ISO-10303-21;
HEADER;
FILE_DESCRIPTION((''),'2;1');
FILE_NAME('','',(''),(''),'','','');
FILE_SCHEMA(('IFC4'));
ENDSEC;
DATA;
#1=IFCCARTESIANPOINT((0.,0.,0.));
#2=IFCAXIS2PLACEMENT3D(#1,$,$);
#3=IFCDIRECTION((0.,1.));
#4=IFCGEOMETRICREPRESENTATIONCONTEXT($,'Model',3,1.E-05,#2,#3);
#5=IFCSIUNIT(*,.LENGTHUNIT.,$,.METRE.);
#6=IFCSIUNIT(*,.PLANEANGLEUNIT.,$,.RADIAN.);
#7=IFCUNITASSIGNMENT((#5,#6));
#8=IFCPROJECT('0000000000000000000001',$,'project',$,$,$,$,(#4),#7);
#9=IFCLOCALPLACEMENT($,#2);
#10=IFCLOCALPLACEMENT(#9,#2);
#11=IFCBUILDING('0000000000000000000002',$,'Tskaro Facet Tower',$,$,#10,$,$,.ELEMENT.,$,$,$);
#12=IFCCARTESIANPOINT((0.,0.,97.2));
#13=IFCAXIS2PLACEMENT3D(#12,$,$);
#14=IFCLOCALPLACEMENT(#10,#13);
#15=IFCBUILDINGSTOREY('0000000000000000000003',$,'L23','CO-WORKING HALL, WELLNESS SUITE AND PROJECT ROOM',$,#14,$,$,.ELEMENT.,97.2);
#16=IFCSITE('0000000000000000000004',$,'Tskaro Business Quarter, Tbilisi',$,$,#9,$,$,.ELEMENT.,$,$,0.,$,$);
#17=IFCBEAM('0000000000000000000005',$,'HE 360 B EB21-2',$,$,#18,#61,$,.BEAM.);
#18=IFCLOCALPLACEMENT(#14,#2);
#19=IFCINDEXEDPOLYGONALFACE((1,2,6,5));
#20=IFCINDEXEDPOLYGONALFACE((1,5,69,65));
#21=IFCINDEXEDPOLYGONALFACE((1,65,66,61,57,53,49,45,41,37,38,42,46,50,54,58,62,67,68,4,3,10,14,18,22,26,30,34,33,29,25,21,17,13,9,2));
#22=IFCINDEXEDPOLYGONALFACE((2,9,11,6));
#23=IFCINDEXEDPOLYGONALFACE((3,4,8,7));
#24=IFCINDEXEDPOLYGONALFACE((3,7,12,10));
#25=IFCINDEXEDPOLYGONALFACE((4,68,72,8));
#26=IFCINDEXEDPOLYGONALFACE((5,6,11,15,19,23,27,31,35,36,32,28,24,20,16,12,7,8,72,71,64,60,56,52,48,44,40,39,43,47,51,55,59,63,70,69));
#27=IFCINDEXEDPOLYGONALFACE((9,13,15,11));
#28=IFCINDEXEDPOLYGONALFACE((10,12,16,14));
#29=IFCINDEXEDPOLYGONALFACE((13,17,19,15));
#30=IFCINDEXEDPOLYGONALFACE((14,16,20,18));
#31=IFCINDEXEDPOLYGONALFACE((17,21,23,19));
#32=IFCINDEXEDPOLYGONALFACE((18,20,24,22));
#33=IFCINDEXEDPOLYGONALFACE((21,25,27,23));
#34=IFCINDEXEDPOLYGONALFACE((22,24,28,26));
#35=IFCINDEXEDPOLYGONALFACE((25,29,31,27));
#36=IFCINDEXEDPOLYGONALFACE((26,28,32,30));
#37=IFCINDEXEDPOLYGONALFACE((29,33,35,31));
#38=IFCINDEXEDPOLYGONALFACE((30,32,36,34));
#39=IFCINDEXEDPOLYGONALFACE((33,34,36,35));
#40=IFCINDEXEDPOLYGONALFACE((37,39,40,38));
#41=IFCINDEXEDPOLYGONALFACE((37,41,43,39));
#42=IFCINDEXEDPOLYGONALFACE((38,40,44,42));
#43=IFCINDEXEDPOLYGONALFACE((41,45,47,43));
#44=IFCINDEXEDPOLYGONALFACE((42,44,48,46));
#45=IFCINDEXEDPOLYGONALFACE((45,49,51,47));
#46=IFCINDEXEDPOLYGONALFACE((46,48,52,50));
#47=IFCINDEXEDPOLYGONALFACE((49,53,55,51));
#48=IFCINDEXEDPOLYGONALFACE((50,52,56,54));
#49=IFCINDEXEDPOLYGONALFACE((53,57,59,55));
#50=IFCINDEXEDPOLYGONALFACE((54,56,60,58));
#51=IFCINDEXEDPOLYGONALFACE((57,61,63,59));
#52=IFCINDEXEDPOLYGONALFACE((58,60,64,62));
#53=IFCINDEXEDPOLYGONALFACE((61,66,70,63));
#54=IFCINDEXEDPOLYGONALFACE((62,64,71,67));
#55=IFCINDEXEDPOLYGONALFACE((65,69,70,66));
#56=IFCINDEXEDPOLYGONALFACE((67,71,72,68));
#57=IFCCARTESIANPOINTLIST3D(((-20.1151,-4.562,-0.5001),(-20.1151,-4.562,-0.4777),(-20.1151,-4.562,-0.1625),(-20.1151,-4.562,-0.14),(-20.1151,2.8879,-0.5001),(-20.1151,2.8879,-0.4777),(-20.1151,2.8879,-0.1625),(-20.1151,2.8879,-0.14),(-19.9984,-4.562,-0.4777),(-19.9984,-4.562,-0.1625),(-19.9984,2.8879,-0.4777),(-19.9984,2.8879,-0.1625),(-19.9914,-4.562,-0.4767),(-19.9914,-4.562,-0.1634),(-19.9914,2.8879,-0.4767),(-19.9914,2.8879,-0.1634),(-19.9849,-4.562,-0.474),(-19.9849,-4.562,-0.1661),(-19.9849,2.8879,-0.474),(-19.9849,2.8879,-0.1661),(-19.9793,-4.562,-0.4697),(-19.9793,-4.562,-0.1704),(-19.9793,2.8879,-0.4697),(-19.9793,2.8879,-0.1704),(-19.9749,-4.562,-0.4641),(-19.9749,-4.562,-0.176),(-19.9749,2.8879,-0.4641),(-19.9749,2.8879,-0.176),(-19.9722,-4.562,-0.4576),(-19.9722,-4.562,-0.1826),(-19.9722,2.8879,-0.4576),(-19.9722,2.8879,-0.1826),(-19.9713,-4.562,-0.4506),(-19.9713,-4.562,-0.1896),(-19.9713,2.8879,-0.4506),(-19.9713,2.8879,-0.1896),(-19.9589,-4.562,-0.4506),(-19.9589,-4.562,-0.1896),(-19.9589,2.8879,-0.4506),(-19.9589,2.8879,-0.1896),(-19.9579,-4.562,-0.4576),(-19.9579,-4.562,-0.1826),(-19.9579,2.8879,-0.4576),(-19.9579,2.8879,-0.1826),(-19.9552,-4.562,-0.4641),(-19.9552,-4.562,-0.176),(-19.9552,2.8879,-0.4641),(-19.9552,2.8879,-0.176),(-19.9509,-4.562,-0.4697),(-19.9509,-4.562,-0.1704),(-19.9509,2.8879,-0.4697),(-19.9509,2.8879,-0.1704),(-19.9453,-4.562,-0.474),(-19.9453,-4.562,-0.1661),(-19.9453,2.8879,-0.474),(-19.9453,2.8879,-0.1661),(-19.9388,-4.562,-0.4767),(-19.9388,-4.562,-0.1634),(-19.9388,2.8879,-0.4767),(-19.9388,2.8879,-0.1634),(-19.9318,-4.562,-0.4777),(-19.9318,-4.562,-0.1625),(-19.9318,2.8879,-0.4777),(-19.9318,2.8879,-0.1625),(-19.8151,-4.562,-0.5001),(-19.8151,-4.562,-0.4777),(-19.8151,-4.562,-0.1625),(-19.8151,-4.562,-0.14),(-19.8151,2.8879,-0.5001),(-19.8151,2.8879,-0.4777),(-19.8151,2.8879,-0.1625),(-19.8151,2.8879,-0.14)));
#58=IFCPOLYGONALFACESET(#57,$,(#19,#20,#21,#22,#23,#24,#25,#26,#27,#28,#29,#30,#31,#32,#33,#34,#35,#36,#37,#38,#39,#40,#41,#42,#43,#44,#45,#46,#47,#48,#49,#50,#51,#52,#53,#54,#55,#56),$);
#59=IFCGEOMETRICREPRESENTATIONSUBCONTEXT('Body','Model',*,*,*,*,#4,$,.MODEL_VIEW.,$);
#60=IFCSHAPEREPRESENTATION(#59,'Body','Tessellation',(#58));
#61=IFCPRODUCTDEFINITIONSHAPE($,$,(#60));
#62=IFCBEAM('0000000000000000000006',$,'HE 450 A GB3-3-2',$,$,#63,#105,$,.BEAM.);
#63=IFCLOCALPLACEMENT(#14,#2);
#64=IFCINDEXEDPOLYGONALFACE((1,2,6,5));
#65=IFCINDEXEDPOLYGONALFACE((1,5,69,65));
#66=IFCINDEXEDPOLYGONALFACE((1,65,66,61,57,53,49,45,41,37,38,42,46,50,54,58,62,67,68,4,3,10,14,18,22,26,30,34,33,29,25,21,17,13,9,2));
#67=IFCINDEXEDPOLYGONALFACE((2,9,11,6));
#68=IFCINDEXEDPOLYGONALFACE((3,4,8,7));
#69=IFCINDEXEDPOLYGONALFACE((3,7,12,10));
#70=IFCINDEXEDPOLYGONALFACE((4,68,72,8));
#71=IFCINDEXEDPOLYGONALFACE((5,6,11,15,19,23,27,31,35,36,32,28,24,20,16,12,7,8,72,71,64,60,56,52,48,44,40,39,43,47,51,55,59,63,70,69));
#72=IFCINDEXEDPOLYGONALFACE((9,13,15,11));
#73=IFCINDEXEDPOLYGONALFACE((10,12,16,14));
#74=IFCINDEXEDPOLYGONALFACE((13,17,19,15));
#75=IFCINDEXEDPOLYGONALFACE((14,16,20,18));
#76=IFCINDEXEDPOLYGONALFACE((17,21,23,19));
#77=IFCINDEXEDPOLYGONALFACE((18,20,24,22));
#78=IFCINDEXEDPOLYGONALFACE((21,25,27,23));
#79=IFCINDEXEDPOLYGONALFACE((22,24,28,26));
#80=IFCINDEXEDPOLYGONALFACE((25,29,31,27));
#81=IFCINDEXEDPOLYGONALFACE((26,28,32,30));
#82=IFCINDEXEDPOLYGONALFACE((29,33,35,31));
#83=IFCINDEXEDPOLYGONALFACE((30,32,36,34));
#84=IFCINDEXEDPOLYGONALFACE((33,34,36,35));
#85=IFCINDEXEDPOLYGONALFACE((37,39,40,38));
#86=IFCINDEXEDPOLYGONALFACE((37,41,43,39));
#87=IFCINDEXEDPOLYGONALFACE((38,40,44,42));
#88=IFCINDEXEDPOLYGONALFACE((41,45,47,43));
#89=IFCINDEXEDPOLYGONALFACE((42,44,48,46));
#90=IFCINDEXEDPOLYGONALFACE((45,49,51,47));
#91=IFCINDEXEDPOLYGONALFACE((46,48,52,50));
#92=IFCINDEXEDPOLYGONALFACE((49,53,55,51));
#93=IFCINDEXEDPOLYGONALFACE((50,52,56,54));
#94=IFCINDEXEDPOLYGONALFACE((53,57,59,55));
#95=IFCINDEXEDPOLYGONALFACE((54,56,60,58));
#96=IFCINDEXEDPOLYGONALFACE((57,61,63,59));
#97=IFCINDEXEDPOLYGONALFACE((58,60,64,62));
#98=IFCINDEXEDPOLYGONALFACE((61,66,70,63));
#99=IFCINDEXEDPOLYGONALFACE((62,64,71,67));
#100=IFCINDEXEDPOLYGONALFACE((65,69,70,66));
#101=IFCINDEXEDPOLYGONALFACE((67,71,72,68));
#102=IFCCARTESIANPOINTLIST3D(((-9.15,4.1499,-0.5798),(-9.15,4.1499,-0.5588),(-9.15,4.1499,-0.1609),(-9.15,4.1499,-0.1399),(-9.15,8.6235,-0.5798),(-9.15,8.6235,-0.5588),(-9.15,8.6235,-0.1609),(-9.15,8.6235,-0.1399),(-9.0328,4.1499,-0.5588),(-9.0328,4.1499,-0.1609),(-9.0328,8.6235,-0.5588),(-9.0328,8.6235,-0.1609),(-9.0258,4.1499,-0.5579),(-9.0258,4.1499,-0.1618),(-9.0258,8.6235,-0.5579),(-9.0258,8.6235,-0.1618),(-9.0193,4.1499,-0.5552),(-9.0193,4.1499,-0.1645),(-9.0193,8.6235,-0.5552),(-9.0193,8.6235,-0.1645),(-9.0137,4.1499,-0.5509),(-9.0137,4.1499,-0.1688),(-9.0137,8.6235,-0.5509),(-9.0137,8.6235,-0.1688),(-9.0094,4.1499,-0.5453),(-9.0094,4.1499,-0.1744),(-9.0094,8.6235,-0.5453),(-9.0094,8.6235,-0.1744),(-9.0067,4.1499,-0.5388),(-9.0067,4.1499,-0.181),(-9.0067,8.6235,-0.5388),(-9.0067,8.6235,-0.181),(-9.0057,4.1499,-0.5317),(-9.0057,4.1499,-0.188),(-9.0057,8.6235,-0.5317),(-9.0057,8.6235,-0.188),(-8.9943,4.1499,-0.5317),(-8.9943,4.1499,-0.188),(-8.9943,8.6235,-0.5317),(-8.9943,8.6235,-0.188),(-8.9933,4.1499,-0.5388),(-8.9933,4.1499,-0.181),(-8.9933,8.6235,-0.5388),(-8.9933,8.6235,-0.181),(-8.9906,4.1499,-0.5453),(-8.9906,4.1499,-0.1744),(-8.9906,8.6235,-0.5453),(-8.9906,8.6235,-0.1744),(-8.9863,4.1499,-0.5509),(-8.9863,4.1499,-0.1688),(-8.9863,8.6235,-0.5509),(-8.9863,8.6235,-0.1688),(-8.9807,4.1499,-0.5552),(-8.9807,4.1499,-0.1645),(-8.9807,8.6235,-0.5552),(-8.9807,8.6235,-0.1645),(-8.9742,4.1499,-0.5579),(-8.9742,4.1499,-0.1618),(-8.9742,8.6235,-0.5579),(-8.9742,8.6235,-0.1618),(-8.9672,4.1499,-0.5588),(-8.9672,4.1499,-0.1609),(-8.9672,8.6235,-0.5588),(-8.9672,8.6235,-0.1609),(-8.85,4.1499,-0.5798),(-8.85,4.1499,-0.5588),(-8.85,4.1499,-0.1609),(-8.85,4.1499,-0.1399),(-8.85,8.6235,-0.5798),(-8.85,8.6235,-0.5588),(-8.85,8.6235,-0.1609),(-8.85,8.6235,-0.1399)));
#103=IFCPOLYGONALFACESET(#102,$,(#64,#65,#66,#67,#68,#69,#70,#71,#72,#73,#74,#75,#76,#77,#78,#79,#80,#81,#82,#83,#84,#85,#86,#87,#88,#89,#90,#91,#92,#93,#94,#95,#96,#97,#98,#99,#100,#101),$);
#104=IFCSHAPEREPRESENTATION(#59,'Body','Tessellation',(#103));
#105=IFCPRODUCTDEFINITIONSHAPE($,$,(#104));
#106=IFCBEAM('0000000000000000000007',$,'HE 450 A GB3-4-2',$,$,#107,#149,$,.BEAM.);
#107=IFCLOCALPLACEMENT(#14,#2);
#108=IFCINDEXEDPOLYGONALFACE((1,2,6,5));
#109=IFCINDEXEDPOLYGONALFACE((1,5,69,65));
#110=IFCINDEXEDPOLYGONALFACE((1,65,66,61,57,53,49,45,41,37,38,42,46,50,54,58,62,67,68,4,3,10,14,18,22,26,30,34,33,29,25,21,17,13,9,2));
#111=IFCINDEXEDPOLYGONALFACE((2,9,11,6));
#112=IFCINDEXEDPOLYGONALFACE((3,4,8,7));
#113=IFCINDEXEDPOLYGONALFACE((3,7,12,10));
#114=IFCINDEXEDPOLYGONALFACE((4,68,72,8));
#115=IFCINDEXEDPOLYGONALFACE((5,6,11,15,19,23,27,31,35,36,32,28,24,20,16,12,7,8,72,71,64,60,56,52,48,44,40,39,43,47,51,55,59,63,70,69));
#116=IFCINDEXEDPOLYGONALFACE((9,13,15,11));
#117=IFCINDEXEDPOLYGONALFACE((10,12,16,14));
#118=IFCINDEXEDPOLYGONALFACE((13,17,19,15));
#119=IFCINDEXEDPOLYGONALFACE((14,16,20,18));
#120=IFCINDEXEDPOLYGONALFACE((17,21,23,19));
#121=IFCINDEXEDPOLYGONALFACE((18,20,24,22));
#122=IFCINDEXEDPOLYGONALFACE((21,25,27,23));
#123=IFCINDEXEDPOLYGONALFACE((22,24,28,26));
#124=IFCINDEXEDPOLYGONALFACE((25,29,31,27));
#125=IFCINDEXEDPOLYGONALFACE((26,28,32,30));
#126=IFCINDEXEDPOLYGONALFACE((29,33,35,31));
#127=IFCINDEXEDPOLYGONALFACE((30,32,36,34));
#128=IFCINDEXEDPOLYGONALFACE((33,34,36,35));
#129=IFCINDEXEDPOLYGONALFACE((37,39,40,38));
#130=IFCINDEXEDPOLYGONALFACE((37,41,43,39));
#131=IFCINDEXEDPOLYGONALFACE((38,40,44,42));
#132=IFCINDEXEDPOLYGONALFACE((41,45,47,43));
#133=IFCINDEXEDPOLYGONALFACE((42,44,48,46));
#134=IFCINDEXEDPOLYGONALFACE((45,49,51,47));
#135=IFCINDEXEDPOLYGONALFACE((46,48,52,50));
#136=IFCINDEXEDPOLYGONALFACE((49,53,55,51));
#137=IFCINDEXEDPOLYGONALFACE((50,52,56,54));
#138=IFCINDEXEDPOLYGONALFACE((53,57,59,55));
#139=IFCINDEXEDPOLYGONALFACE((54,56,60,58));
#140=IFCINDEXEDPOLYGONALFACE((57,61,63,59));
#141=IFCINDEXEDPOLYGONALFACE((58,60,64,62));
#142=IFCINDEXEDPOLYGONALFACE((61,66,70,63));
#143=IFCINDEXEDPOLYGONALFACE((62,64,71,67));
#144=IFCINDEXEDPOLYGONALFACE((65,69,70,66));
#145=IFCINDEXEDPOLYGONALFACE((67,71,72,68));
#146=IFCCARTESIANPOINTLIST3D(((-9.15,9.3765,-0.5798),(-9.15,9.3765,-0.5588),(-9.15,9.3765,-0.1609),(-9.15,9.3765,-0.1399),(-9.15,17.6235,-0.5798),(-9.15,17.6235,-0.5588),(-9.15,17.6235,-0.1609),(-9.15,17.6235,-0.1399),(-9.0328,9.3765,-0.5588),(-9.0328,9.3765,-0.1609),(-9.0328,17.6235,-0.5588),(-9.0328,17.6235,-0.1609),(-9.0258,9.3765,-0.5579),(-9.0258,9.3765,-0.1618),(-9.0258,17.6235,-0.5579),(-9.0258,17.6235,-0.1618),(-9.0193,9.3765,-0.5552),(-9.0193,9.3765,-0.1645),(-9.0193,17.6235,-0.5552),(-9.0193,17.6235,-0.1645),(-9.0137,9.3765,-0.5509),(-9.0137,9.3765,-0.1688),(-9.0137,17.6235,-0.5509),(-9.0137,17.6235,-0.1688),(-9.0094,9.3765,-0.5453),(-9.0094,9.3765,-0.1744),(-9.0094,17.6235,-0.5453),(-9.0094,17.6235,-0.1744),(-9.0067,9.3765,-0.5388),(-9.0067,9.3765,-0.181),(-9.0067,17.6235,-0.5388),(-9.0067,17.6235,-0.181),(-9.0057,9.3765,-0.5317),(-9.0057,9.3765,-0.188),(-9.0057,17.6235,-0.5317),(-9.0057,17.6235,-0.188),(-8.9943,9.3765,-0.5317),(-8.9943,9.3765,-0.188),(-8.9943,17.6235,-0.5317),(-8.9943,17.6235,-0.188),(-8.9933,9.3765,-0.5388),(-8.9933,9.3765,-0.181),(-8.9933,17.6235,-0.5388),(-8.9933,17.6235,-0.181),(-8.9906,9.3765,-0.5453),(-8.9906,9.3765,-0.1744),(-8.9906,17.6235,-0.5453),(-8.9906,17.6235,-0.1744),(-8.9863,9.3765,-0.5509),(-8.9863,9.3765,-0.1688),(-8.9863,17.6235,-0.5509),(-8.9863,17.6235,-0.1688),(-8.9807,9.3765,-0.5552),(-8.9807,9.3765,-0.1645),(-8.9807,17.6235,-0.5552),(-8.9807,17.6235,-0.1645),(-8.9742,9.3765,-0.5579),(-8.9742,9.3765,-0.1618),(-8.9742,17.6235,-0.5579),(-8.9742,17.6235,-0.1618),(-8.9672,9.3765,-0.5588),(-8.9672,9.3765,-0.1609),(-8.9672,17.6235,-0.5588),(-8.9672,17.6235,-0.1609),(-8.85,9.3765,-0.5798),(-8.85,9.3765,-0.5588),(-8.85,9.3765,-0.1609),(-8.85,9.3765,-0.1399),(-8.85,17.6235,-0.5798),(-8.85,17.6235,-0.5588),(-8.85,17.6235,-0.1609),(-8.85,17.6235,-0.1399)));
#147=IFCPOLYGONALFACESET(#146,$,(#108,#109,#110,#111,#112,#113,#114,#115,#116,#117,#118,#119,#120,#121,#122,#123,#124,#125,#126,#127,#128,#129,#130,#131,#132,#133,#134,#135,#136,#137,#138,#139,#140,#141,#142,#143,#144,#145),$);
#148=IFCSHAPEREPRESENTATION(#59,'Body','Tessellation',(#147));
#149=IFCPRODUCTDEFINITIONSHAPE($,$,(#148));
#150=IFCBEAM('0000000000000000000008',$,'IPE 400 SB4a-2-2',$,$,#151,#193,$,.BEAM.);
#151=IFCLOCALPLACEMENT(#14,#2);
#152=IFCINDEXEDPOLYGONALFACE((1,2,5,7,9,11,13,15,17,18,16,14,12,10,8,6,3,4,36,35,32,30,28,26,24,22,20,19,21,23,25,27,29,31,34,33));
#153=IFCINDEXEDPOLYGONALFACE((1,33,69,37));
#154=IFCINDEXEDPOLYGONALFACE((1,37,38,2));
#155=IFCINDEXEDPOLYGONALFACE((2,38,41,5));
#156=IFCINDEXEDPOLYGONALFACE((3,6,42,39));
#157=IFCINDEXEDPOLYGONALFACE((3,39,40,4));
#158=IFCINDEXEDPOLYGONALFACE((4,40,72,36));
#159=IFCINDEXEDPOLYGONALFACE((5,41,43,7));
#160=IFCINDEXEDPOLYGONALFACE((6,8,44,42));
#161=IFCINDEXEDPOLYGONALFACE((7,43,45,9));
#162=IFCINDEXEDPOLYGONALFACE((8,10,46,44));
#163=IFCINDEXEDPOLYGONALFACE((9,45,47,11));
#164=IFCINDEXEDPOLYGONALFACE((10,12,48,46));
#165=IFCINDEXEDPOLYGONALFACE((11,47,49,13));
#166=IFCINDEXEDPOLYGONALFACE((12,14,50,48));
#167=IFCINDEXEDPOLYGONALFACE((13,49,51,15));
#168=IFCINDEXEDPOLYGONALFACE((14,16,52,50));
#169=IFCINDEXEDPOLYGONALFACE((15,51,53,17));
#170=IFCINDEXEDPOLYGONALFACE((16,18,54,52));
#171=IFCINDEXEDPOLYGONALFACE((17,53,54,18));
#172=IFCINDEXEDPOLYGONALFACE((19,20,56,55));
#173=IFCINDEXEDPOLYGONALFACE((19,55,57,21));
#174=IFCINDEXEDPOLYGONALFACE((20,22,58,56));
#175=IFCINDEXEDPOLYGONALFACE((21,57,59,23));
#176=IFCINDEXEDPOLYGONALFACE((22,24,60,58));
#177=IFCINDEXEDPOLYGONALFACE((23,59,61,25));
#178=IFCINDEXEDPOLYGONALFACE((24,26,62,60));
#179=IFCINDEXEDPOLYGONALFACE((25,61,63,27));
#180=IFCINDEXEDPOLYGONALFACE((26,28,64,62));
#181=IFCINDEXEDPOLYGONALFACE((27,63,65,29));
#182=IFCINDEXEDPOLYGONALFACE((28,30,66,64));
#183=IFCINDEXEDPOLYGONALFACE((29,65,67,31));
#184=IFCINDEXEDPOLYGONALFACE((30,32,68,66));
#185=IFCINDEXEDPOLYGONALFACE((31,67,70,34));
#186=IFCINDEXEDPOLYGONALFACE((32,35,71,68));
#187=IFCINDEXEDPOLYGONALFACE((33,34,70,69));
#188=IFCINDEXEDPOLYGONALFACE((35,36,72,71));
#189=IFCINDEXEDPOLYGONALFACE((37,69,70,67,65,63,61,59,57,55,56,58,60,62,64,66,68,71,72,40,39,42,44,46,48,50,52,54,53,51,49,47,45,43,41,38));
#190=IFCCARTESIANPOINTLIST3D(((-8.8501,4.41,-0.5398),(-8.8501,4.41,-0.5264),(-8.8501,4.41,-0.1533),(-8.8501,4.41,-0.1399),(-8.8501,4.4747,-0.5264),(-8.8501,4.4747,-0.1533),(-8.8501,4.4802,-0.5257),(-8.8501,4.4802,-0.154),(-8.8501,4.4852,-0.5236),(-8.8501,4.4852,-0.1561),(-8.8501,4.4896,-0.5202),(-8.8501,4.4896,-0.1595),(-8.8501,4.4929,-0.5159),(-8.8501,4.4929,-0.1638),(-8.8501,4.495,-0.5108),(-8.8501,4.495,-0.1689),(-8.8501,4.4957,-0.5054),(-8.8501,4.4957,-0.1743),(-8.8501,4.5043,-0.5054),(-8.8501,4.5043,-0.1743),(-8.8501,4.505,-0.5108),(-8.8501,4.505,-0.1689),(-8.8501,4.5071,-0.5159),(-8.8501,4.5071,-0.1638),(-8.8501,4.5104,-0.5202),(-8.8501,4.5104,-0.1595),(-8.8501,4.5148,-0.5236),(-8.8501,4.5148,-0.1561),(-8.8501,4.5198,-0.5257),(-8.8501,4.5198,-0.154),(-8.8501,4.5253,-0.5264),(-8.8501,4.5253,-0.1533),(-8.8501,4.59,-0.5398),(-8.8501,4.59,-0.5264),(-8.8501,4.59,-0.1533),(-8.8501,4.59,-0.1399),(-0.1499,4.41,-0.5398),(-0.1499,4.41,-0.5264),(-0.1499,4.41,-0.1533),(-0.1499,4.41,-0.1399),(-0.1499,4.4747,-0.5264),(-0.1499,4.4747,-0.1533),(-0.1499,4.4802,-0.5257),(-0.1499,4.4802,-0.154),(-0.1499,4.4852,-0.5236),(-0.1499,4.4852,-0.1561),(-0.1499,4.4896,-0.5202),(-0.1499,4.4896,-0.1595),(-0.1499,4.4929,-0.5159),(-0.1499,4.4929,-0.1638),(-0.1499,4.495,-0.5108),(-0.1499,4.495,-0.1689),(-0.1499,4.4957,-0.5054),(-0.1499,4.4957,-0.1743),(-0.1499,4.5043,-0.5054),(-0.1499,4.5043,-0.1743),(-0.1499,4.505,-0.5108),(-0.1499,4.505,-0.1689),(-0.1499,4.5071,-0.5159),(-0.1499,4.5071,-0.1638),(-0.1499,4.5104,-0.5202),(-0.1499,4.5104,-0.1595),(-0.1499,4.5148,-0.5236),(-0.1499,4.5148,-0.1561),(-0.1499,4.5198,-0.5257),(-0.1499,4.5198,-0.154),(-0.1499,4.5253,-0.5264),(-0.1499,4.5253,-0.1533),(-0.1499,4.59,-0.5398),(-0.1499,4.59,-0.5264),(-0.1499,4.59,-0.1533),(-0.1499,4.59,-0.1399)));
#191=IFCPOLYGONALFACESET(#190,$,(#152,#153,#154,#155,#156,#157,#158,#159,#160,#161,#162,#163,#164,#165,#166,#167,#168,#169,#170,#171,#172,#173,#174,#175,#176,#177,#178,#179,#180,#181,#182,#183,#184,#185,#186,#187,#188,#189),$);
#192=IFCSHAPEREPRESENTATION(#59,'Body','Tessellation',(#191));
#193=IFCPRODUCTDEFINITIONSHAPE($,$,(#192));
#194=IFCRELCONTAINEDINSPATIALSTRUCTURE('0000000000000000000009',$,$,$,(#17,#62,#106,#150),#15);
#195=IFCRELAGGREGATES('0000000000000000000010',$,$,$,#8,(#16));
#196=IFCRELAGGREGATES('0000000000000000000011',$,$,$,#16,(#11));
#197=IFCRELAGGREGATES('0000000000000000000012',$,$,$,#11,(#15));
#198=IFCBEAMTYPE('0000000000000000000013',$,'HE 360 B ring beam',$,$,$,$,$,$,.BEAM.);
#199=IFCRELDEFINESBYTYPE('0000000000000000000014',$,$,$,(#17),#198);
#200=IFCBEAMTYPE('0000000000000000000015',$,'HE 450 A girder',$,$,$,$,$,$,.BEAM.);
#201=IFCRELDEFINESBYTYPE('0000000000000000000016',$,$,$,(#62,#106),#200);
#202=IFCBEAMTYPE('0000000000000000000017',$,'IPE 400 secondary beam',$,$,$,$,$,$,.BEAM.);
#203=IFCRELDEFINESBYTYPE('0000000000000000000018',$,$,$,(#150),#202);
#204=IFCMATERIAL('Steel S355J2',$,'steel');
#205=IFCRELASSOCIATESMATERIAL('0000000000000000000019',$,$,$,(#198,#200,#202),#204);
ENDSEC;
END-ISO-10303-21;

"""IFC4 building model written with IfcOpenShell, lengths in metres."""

from ifc_helpers import new_model, si_unit, direction, frame, origin, origin_2d, place, context, subcontext, project, spatial, i_section, extrude, material, material_profile, profile_set, type_object, element, save


model = new_model("IFC4")

# Units and contexts
model_context = context("Model", 3, precision=1e-05, world=origin(), true_north=direction((0.0, 1.0)))
body_context = subcontext(model_context, "Body", "Model", "MODEL_VIEW")
ifc_project = project(units=[si_unit("LENGTHUNIT", "METRE"), si_unit("PLANEANGLEUNIT", "RADIAN")], contexts=[model_context])

# Site, building, storey
site_placement = place(None, origin())
site = spatial("IfcSite", under=ifc_project, at=site_placement, Name="Tskaro Business Quarter, Tbilisi", CompositionType="ELEMENT", RefElevation=0.0)
building_placement = place(site_placement, origin())
building = spatial("IfcBuilding", under=site, at=building_placement, Name="Tskaro Facet Tower", CompositionType="ELEMENT")
storey_placement = place(building_placement, frame((0.0, 0.0, 97.2)))
storey = spatial("IfcBuildingStorey", under=building, at=storey_placement, Name="L23", Description="CO-WORKING HALL, WELLNESS SUITE AND PROJECT ROOM", CompositionType="ELEMENT", Elevation=97.2)

# Beams
ifc_material_1 = material(Name="Steel S355J2", Category="steel")
ifc_material_profile_1 = material_profile(ifc_material_1, i_section(OverallWidth=0.3, OverallDepth=0.3601, WebThickness=0.0125, FlangeThickness=0.0225, FilletRadius=0.0271, at=origin_2d()), Name="HE 360 B")
ifc_profile_set_1 = profile_set([ifc_material_profile_1], Name="Steel S355J2")
beam_type_1 = type_object("IfcBeamType", Name="HE 360 B ring beam", PredefinedType="BEAM", material=ifc_profile_set_1)
beam_1_placement = place(storey_placement, frame((-19.9651, 2.8879, -0.3201), z_axis=(0.0, -1.0, 0.0), x_axis=(1.0, 0.0, 0.0)))
element("IfcBeam", 1, at=beam_1_placement, inside=storey, type_object=beam_type_1, Name="HE 360 B EB21-2", PredefinedType="BEAM", context=body_context, shape_type="SweptSolid", body=[
    extrude(i_section(OverallWidth=0.3, OverallDepth=0.3601, WebThickness=0.0125, FlangeThickness=0.0225, FilletRadius=0.0271, at=origin_2d()), origin(), (0.0, 0.0, 1.0), 7.45),
])
ifc_material_profile_2 = material_profile(ifc_material_1, i_section(OverallWidth=0.3, OverallDepth=0.4399, WebThickness=0.0115, FlangeThickness=0.021, FilletRadius=0.0271, at=origin_2d()), Name="HE 450 A")
ifc_profile_set_2 = profile_set([ifc_material_profile_2], Name="Steel S355J2")
beam_type_2 = type_object("IfcBeamType", Name="HE 450 A girder", PredefinedType="BEAM", material=ifc_profile_set_2)
beam_2_placement = place(storey_placement, frame((-9.0, 4.1499, -0.3599), z_axis=(0.0, 1.0, 0.0), x_axis=(-1.0, 0.0, 0.0)))
element("IfcBeam", 2, at=beam_2_placement, inside=storey, type_object=beam_type_2, Name="HE 450 A GB3-3-2", PredefinedType="BEAM", context=body_context, shape_type="SweptSolid", body=[
    extrude(i_section(OverallWidth=0.3, OverallDepth=0.4399, WebThickness=0.0115, FlangeThickness=0.021, FilletRadius=0.0271, at=origin_2d()), origin(), (0.0, 0.0, 1.0), 4.4736),
])
beam_3_placement = place(storey_placement, frame((-9.0, 9.3765, -0.3599), z_axis=(0.0, 1.0, 0.0), x_axis=(-1.0, 0.0, 0.0)))
element("IfcBeam", 3, at=beam_3_placement, inside=storey, type_object=beam_type_2, Name="HE 450 A GB3-4-2", PredefinedType="BEAM", context=body_context, shape_type="SweptSolid", body=[
    extrude(i_section(OverallWidth=0.3, OverallDepth=0.4399, WebThickness=0.0115, FlangeThickness=0.021, FilletRadius=0.0271, at=origin_2d()), origin(), (0.0, 0.0, 1.0), 8.2471),
])
ifc_material_profile_3 = material_profile(ifc_material_1, i_section(OverallWidth=0.1799, OverallDepth=0.3999, WebThickness=0.0085, FlangeThickness=0.0134, FilletRadius=0.021, at=origin_2d()), Name="IPE 400")
ifc_profile_set_3 = profile_set([ifc_material_profile_3], Name="Steel S355J2")
beam_type_3 = type_object("IfcBeamType", Name="IPE 400 secondary beam", PredefinedType="BEAM", material=ifc_profile_set_3)
beam_4_placement = place(storey_placement, frame((-8.8501, 4.5, -0.3398), z_axis=(1.0, 0.0, 0.0), x_axis=(0.0, 1.0, 0.0)))
element("IfcBeam", 4, at=beam_4_placement, inside=storey, type_object=beam_type_3, Name="IPE 400 SB4a-2-2", PredefinedType="BEAM", context=body_context, shape_type="SweptSolid", body=[
    extrude(i_section(OverallWidth=0.1799, OverallDepth=0.3999, WebThickness=0.0085, FlangeThickness=0.0134, FilletRadius=0.021, at=origin_2d()), origin(), (0.0, 0.0, 1.0), 8.7002),
])

save(model, "model.ifc")
